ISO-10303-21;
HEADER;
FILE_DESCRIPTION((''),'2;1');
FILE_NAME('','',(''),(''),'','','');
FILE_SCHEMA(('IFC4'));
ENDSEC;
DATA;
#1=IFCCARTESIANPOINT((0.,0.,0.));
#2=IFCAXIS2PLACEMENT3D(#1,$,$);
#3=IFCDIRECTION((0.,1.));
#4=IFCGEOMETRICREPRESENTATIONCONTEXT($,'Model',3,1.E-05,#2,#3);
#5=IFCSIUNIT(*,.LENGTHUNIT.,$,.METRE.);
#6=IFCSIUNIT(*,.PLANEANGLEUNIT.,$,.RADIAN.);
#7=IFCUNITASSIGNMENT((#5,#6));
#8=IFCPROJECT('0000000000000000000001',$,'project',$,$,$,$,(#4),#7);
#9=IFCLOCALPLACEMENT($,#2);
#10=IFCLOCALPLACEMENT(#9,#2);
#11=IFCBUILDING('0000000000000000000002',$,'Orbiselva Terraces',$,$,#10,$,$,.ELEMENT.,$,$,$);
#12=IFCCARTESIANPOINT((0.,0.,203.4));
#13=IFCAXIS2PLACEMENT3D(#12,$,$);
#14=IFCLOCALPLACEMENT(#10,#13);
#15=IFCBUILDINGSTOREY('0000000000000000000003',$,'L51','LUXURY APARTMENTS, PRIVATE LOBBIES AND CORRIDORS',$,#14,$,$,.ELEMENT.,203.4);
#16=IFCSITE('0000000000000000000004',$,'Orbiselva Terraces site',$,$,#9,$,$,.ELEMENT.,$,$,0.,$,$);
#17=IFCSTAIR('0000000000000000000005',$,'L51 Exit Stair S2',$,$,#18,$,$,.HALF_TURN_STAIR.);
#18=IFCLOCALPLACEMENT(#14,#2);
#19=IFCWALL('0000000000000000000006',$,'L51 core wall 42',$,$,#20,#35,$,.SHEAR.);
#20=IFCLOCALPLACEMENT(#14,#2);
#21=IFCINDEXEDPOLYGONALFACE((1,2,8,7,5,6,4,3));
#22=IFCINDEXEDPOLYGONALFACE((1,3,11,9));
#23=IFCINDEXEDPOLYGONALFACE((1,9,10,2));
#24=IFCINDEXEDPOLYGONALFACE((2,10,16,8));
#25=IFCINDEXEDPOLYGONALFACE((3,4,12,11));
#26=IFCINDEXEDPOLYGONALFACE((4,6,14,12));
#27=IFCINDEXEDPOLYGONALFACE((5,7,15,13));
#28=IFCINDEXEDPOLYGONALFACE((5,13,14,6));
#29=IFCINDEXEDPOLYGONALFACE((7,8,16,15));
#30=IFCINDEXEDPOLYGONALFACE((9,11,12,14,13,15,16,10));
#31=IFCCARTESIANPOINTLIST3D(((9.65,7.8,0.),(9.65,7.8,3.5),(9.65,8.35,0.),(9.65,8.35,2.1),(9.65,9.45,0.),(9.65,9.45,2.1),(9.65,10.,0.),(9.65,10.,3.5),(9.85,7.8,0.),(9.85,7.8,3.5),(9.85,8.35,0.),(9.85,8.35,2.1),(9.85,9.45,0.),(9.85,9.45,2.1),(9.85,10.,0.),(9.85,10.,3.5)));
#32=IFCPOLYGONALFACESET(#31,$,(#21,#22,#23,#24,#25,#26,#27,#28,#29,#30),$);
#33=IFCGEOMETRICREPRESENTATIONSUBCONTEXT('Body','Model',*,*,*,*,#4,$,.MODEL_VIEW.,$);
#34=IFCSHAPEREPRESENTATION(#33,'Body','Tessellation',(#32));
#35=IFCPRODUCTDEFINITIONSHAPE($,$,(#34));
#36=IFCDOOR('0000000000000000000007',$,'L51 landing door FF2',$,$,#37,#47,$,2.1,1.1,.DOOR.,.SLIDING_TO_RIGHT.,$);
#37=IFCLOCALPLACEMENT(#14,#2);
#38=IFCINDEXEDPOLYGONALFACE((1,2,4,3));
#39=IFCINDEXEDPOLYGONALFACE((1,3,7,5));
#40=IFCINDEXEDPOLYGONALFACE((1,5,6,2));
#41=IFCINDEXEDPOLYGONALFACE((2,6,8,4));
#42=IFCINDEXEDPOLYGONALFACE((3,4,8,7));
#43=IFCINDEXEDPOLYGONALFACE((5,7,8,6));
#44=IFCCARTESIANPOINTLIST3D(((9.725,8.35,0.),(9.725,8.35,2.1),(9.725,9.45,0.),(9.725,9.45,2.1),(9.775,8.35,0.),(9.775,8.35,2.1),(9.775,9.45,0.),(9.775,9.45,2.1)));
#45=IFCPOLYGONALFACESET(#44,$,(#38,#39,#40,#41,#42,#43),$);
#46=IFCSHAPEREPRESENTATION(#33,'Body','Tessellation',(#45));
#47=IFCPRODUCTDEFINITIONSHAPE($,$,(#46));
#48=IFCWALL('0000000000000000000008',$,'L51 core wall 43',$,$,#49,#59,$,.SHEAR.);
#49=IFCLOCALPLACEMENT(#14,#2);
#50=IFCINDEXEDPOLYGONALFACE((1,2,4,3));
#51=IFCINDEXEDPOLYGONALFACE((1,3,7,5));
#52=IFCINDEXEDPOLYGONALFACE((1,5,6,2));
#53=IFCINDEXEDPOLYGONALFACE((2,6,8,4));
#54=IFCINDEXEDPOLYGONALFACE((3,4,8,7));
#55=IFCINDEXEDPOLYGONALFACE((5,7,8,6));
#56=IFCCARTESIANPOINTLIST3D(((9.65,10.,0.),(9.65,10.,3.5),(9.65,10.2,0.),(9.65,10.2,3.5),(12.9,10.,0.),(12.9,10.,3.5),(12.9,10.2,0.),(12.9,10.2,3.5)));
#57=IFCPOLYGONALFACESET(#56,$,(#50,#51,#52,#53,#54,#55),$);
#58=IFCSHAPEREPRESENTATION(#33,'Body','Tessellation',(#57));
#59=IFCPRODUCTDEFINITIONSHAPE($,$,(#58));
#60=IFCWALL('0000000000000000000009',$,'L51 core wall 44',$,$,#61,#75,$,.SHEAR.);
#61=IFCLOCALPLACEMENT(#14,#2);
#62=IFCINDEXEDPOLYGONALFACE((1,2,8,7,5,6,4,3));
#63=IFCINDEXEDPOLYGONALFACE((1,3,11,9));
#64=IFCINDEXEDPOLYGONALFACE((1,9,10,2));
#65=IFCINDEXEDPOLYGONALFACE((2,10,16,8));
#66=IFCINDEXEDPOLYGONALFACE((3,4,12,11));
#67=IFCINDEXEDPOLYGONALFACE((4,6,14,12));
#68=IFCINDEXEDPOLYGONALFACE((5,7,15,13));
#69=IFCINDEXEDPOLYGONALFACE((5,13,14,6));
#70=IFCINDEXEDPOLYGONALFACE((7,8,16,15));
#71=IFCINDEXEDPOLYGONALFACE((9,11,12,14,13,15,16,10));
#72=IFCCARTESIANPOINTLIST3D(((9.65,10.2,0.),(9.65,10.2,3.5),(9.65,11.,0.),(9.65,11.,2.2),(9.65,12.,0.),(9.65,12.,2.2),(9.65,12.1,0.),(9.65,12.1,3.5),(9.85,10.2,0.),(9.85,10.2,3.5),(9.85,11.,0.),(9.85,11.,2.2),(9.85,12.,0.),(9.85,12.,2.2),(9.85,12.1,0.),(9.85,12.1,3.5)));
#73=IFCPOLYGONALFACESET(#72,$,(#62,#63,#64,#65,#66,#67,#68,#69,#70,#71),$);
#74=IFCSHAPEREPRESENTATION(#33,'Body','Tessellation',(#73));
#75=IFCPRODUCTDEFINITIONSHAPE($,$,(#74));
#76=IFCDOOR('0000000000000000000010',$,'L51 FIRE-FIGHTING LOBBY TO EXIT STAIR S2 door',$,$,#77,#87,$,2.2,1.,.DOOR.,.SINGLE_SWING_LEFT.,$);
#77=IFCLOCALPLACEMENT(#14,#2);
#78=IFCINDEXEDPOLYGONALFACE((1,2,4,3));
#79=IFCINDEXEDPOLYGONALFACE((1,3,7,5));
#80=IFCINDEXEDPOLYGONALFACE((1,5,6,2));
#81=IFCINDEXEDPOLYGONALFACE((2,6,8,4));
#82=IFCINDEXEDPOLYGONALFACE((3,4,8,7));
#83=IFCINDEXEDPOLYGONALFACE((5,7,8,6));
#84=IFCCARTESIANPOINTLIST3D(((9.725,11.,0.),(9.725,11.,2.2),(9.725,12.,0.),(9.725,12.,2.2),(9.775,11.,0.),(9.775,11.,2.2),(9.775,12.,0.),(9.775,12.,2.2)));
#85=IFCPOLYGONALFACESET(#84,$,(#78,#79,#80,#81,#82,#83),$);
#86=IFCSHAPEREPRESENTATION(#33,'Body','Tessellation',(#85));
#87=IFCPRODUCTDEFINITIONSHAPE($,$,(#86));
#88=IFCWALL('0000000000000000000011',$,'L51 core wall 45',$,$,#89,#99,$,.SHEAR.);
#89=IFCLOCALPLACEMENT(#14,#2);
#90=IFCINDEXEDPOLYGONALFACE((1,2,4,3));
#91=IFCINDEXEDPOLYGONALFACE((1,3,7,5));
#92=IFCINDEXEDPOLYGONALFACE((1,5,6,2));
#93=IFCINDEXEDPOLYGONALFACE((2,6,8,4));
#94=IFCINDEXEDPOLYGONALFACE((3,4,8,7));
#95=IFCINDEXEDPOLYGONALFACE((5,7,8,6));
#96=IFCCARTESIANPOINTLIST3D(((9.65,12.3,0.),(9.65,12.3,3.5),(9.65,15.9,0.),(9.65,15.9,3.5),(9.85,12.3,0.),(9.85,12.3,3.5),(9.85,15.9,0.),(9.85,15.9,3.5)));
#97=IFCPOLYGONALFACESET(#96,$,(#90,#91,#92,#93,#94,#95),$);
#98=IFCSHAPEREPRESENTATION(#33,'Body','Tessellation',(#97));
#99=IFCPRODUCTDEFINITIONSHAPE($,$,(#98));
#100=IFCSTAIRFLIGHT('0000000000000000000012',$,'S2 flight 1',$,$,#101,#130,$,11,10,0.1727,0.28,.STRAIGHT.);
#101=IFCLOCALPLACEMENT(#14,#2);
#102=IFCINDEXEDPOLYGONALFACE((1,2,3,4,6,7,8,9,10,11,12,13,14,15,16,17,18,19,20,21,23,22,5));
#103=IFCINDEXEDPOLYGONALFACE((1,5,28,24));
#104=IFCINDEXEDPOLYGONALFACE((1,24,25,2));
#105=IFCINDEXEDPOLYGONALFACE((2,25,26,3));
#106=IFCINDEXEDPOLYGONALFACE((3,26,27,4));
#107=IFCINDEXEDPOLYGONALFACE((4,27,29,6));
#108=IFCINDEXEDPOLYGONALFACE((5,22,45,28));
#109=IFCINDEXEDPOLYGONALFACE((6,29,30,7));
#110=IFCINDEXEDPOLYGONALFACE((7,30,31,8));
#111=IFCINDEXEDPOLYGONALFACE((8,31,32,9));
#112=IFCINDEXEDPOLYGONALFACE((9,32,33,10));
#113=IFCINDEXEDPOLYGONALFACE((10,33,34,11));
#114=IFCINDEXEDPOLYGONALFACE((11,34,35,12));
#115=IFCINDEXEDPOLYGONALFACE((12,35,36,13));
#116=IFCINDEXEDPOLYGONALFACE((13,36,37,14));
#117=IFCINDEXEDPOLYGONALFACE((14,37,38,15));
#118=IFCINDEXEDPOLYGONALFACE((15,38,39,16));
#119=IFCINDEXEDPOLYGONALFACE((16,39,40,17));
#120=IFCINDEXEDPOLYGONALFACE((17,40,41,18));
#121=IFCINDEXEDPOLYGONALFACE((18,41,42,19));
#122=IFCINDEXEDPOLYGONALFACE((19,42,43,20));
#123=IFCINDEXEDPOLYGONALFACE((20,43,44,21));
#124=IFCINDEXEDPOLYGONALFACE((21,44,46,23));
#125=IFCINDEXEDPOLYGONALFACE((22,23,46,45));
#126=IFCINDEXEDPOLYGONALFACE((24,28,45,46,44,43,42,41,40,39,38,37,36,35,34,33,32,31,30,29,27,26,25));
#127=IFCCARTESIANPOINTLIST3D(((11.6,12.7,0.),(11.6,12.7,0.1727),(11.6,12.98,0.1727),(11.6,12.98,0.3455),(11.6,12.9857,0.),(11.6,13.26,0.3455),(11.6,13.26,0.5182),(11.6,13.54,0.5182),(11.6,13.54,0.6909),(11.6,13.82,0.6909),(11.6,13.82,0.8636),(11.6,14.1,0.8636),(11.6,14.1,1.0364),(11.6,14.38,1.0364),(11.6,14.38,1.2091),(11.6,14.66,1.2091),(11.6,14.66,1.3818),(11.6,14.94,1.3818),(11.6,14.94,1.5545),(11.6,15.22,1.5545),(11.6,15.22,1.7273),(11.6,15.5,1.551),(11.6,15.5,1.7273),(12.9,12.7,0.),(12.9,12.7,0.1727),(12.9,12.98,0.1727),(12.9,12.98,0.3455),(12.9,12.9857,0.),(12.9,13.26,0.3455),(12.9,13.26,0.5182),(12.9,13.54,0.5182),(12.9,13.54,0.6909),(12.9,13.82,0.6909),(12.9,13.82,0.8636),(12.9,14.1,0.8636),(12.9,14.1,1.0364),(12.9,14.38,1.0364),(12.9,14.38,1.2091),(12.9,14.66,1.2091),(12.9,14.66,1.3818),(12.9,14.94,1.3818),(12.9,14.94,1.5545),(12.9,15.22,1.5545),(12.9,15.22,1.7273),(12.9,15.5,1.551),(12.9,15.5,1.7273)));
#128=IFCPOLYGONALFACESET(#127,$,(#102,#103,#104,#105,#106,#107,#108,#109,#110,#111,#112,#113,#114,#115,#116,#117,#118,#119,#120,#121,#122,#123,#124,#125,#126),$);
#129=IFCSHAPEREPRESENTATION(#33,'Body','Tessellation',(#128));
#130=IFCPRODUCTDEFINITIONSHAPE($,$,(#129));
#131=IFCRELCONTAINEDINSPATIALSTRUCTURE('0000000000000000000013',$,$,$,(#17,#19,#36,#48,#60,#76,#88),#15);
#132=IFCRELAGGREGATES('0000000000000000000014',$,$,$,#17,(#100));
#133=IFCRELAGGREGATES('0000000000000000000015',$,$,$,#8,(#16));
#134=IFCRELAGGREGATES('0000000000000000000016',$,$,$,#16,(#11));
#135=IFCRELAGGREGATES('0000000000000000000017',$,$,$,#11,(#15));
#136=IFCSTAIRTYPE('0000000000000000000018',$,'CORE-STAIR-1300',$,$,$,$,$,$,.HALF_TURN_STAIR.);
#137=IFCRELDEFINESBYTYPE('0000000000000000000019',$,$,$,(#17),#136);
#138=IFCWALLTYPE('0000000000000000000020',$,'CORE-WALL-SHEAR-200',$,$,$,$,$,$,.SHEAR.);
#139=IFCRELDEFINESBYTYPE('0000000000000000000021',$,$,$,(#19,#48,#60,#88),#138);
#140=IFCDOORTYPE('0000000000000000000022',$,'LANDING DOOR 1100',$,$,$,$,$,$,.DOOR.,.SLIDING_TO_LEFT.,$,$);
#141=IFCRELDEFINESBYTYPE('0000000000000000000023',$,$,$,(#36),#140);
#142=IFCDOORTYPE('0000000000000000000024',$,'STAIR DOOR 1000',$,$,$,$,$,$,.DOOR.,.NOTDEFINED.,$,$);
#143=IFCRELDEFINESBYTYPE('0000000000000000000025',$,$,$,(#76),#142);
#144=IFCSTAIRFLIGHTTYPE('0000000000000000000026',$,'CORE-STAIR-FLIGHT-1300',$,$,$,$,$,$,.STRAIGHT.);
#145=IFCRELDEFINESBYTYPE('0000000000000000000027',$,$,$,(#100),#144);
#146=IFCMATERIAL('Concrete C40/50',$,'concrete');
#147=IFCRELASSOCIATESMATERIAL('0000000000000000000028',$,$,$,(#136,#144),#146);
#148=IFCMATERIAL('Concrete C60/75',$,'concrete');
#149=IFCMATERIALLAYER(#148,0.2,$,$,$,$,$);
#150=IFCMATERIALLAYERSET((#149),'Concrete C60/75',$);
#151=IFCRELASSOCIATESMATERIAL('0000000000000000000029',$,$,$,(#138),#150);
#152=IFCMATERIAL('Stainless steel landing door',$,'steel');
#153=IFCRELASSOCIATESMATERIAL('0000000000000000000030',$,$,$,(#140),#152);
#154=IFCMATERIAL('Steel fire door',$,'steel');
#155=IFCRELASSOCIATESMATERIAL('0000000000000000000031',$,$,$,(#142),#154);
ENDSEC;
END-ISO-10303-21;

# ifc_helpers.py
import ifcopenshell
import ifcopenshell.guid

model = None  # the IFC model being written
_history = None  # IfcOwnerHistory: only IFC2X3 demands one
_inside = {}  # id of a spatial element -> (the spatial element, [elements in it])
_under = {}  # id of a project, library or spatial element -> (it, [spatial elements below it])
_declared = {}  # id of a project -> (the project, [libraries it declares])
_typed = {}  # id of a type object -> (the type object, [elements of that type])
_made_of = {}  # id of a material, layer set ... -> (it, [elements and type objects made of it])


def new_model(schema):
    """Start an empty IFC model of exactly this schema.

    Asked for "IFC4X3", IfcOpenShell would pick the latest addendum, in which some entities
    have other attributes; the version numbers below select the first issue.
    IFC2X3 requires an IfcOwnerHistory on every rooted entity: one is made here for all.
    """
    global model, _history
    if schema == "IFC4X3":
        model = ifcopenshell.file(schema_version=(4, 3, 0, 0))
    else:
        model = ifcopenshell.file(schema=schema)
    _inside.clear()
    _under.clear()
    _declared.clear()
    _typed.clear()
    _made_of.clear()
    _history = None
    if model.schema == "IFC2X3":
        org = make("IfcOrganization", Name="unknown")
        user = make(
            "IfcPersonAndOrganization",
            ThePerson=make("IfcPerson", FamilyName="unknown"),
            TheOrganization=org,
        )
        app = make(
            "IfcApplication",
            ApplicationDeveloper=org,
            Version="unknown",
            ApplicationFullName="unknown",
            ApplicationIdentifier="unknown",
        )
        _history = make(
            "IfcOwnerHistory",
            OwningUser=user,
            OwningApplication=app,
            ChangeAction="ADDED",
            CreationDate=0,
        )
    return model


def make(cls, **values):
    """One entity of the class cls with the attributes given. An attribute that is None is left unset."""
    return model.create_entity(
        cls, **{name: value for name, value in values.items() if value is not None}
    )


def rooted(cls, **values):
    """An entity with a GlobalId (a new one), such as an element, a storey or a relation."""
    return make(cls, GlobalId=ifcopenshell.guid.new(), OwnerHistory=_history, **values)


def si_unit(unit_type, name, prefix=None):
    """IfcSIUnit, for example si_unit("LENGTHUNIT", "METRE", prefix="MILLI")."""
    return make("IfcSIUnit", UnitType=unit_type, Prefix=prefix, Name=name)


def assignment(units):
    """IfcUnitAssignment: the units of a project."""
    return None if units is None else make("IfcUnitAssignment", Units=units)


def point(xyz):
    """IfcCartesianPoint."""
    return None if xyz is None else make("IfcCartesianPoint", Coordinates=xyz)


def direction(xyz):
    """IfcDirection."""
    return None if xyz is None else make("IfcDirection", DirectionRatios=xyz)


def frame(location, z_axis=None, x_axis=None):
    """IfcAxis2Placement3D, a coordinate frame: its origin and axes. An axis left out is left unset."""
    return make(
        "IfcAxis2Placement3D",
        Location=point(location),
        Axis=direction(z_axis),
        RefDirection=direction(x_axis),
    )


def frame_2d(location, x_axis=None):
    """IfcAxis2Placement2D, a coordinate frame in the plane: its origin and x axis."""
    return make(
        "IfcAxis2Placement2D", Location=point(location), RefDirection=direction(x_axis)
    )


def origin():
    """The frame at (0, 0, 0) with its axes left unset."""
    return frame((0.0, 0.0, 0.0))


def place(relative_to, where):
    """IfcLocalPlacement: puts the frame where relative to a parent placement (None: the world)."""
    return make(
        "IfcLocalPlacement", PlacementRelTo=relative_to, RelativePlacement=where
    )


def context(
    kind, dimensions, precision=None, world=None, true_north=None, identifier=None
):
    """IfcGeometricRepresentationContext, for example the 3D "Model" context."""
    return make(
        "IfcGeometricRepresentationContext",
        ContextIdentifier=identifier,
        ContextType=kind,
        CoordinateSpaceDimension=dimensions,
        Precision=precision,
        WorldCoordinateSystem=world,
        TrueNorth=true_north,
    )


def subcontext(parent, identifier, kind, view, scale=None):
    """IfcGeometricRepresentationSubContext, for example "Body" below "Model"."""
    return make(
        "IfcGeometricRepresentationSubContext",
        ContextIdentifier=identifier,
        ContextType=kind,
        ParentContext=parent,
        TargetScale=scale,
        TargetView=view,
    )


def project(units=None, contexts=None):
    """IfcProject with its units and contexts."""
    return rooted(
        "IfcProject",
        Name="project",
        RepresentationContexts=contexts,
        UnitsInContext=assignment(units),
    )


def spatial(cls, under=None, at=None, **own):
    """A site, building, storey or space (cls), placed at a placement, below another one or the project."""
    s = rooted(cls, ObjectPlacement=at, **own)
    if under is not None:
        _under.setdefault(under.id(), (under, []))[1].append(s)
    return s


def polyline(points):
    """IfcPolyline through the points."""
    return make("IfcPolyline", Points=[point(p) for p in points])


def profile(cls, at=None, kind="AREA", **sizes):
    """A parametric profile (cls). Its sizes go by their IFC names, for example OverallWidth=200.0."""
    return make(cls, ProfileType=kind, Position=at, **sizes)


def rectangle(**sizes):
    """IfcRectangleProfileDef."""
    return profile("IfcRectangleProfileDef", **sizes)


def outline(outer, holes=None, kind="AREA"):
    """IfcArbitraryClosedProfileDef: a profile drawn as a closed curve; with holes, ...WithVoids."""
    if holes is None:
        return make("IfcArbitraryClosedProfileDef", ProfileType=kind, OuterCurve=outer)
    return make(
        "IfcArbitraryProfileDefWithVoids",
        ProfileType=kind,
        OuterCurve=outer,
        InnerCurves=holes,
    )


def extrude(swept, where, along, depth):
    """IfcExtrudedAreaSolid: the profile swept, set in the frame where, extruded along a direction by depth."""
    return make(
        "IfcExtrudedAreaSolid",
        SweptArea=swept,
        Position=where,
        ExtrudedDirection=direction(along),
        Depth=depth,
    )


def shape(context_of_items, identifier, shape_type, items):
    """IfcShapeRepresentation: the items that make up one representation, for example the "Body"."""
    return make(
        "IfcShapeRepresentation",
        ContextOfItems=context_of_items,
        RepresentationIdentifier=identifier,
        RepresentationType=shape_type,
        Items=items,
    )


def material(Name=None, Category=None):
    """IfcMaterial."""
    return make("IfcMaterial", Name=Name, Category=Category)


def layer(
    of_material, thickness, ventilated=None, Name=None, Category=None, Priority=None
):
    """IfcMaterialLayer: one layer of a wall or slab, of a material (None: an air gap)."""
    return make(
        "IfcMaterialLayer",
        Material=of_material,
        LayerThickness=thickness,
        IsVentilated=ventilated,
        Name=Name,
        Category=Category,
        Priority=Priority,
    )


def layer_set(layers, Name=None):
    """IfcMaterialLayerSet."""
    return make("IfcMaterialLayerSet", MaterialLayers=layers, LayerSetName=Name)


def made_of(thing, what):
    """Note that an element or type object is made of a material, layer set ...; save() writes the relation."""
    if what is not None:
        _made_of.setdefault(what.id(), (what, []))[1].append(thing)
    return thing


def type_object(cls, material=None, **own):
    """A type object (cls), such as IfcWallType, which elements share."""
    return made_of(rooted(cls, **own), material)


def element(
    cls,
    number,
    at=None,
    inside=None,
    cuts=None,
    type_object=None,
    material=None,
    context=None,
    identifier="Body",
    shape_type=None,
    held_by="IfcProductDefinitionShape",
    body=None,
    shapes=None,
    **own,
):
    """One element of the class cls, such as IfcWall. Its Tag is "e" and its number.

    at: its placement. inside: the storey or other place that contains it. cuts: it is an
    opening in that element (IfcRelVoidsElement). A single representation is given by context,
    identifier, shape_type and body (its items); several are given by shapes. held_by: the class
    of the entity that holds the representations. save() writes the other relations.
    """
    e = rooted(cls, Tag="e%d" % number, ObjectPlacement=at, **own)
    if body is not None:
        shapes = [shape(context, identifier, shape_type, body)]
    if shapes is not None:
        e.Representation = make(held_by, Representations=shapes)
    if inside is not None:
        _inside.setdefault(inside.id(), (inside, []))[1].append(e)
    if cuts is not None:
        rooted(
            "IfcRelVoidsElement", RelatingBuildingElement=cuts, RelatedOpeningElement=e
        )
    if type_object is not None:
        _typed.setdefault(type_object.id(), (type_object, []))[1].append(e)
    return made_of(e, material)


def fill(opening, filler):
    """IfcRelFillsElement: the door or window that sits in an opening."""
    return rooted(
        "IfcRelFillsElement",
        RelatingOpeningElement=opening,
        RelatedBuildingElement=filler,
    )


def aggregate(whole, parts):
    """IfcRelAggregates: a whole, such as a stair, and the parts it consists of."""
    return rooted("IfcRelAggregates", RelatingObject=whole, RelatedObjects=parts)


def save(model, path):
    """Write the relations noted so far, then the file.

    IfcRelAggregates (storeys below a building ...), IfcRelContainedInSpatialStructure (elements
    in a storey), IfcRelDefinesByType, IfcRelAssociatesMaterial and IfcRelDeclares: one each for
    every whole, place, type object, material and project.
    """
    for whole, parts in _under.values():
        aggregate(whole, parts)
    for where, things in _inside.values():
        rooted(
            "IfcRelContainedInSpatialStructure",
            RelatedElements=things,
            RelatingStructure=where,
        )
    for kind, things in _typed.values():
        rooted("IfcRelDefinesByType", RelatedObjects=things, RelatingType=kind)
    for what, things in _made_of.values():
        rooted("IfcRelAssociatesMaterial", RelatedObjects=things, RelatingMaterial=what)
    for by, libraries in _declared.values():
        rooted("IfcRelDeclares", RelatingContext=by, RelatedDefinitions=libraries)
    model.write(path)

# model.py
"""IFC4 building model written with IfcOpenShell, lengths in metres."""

from ifc_helpers import new_model, si_unit, direction, frame, frame_2d, origin, place, context, subcontext, project, spatial, polyline, rectangle, outline, extrude, material, layer, layer_set, type_object, element, fill, aggregate, save


model = new_model("IFC4")

# Units and contexts
model_context = context("Model", 3, precision=1e-05, world=origin(), true_north=direction((0.0, 1.0)))
body_context = subcontext(model_context, "Body", "Model", "MODEL_VIEW")
ifc_project = project(units=[si_unit("LENGTHUNIT", "METRE"), si_unit("PLANEANGLEUNIT", "RADIAN")], contexts=[model_context])

# Site, building, storey
site_placement = place(None, origin())
site = spatial("IfcSite", under=ifc_project, at=site_placement, Name="Orbiselva Terraces site", CompositionType="ELEMENT", RefElevation=0.0)
building_placement = place(site_placement, origin())
building = spatial("IfcBuilding", under=site, at=building_placement, Name="Orbiselva Terraces", CompositionType="ELEMENT")
storey_placement = place(building_placement, frame((0.0, 0.0, 203.4)))
storey = spatial("IfcBuildingStorey", under=building, at=storey_placement, Name="L51", Description="LUXURY APARTMENTS, PRIVATE LOBBIES AND CORRIDORS", CompositionType="ELEMENT", Elevation=203.4)

# Stair
ifc_material_1 = material(Name="Concrete C40/50", Category="concrete")
stair_type_1 = type_object("IfcStairType", Name="CORE-STAIR-1300", PredefinedType="HALF_TURN_STAIR", material=ifc_material_1)
stair_1_placement = place(storey_placement, origin())
stair_1 = element("IfcStair", 1, at=stair_1_placement, inside=storey, type_object=stair_type_1, Name="L51 Exit Stair S2", PredefinedType="HALF_TURN_STAIR")

# Shared definitions
ifc_material_2 = material(Name="Steel fire door", Category="steel")

# Shared definitions
ifc_material_3 = material(Name="Concrete C60/75", Category="concrete")
ifc_layer_1 = layer(ifc_material_3, 0.2)
ifc_layer_set_1 = layer_set([ifc_layer_1], Name="Concrete C60/75")
wall_type_1 = type_object("IfcWallType", Name="CORE-WALL-SHEAR-200", PredefinedType="SHEAR", material=ifc_layer_set_1)

# Shared definitions
ifc_material_4 = material(Name="Stainless steel landing door", Category="steel")
door_type_1 = type_object("IfcDoorType", Name="LANDING DOOR 1100", OperationType="SLIDING_TO_LEFT", PredefinedType="DOOR", material=ifc_material_4)

# Wall, opening, door
wall_1_placement = place(storey_placement, frame((9.75, 7.8, 0.0), z_axis=(0.0, 0.0, 1.0), x_axis=(0.0, 1.0, 0.0)))
wall_1 = element("IfcWall", 2, at=wall_1_placement, inside=storey, type_object=wall_type_1, Name="L51 core wall 42", PredefinedType="SHEAR", context=body_context, shape_type="SweptSolid", body=[
    extrude(rectangle(XDim=2.2, YDim=0.2, at=frame_2d((1.1, 0.0))), origin(), (0.0, 0.0, 1.0), 3.5),
])
opening_1_placement = place(wall_1_placement, frame((0.55, 0.0, 0.0)))
opening_1 = element("IfcOpeningElement", 3, at=opening_1_placement, cuts=wall_1, PredefinedType="OPENING", context=body_context, shape_type="SweptSolid", body=[
    extrude(rectangle(XDim=1.1, YDim=2.1, at=frame_2d((0.55, 1.05))), frame((0.0, 0.11, 0.0), z_axis=(0.0, -1.0, 0.0), x_axis=(1.0, 0.0, 0.0)), (0.0, 0.0, 1.0), 0.22),
])
door_1_placement = place(opening_1_placement, origin())
door_1 = element("IfcDoor", 4, at=door_1_placement, inside=storey, type_object=door_type_1, Name="L51 landing door FF2", OperationType="SLIDING_TO_RIGHT", OverallHeight=2.1, OverallWidth=1.1, PredefinedType="DOOR", context=body_context, shape_type="SweptSolid", body=[
    extrude(rectangle(XDim=1.1, YDim=2.1, at=frame_2d((0.55, 1.05))), frame((0.0, 0.025, 0.0), z_axis=(0.0, -1.0, 0.0), x_axis=(1.0, 0.0, 0.0)), (0.0, 0.0, 1.0), 0.05),
])
fill(opening_1, door_1)

# Wall
wall_2_placement = place(storey_placement, frame((9.65, 10.1, 0.0), z_axis=(0.0, 0.0, 1.0), x_axis=(1.0, 0.0, 0.0)))
element("IfcWall", 5, at=wall_2_placement, inside=storey, type_object=wall_type_1, Name="L51 core wall 43", PredefinedType="SHEAR", context=body_context, shape_type="SweptSolid", body=[
    extrude(rectangle(XDim=3.25, YDim=0.2, at=frame_2d((1.625, 0.0))), origin(), (0.0, 0.0, 1.0), 3.5),
])

# Wall, opening, door
wall_3_placement = place(storey_placement, frame((9.75, 12.1, 0.0), z_axis=(0.0, 0.0, 1.0), x_axis=(0.0, -1.0, 0.0)))
wall_3 = element("IfcWall", 6, at=wall_3_placement, inside=storey, type_object=wall_type_1, Name="L51 core wall 44", PredefinedType="SHEAR", context=body_context, shape_type="SweptSolid", body=[
    extrude(rectangle(XDim=1.9, YDim=0.2, at=frame_2d((0.95, 0.0))), origin(), (0.0, 0.0, 1.0), 3.5),
])
opening_2_placement = place(wall_3_placement, frame((0.1, 0.0, 0.0)))
opening_2 = element("IfcOpeningElement", 7, at=opening_2_placement, cuts=wall_3, PredefinedType="OPENING", context=body_context, shape_type="SweptSolid", body=[
    extrude(rectangle(XDim=1.0, YDim=2.2, at=frame_2d((0.5, 1.1))), frame((0.0, 0.11, 0.0), z_axis=(0.0, -1.0, 0.0), x_axis=(1.0, 0.0, 0.0)), (0.0, 0.0, 1.0), 0.22),
])
door_type_2 = type_object("IfcDoorType", Name="STAIR DOOR 1000", OperationType="NOTDEFINED", PredefinedType="DOOR", material=ifc_material_2)
door_2_placement = place(opening_2_placement, origin())
door_2 = element("IfcDoor", 8, at=door_2_placement, inside=storey, type_object=door_type_2, Name="L51 FIRE-FIGHTING LOBBY TO EXIT STAIR S2 door", OperationType="SINGLE_SWING_LEFT", OverallHeight=2.2, OverallWidth=1.0, PredefinedType="DOOR", context=body_context, shape_type="SweptSolid", body=[
    extrude(rectangle(XDim=1.0, YDim=2.2, at=frame_2d((0.5, 1.1))), frame((0.0, 0.025, 0.0), z_axis=(0.0, -1.0, 0.0), x_axis=(1.0, 0.0, 0.0)), (0.0, 0.0, 1.0), 0.05),
])
fill(opening_2, door_2)

# Wall
wall_4_placement = place(storey_placement, frame((9.75, 12.3, 0.0), z_axis=(0.0, 0.0, 1.0), x_axis=(0.0, 1.0, 0.0)))
element("IfcWall", 9, at=wall_4_placement, inside=storey, type_object=wall_type_1, Name="L51 core wall 45", PredefinedType="SHEAR", context=body_context, shape_type="SweptSolid", body=[
    extrude(rectangle(XDim=3.6, YDim=0.2, at=frame_2d((1.8, 0.0))), origin(), (0.0, 0.0, 1.0), 3.5),
])

# Stair flight
stair_flight_type = type_object("IfcStairFlightType", Name="CORE-STAIR-FLIGHT-1300", PredefinedType="STRAIGHT", material=ifc_material_1)
stair_flight_placement = place(storey_placement, frame((12.25, 12.7, 0.0), z_axis=(0.0, 0.0, 1.0), x_axis=(0.0, 1.0, 0.0)))
stair_flight = element("IfcStairFlight", 10, at=stair_flight_placement, type_object=stair_flight_type, Name="S2 flight 1", NumberOfRisers=11, NumberOfTreads=10, PredefinedType="STRAIGHT", RiserHeight=0.1727, TreadLength=0.28, context=body_context, shape_type="SweptSolid", body=[
    extrude(outline(polyline([(0.0, 0.0), (0.0, 0.1727), (0.28, 0.1727), (0.28, 0.3455), (0.56, 0.3455), (0.56, 0.5182), (0.84, 0.5182), (0.84, 0.6909), (1.12, 0.6909), (1.12, 0.8636), (1.4, 0.8636), (1.4, 1.0364), (1.68, 1.0364), (1.68, 1.2091), (1.96, 1.2091), (1.96, 1.3818), (2.24, 1.3818), (2.24, 1.5545), (2.52, 1.5545), (2.52, 1.7273), (2.8, 1.7273), (2.8, 1.9), (2.8, 1.551), (0.2857, 0.0), (0.0, 0.0)])), frame((0.0, 0.65, 0.0), z_axis=(0.0, -1.0, 0.0), x_axis=(1.0, 0.0, 0.0)), (0.0, 0.0, 1.0), 1.3),
])
aggregate(stair_1, [stair_flight])

save(model, "model.ifc")
